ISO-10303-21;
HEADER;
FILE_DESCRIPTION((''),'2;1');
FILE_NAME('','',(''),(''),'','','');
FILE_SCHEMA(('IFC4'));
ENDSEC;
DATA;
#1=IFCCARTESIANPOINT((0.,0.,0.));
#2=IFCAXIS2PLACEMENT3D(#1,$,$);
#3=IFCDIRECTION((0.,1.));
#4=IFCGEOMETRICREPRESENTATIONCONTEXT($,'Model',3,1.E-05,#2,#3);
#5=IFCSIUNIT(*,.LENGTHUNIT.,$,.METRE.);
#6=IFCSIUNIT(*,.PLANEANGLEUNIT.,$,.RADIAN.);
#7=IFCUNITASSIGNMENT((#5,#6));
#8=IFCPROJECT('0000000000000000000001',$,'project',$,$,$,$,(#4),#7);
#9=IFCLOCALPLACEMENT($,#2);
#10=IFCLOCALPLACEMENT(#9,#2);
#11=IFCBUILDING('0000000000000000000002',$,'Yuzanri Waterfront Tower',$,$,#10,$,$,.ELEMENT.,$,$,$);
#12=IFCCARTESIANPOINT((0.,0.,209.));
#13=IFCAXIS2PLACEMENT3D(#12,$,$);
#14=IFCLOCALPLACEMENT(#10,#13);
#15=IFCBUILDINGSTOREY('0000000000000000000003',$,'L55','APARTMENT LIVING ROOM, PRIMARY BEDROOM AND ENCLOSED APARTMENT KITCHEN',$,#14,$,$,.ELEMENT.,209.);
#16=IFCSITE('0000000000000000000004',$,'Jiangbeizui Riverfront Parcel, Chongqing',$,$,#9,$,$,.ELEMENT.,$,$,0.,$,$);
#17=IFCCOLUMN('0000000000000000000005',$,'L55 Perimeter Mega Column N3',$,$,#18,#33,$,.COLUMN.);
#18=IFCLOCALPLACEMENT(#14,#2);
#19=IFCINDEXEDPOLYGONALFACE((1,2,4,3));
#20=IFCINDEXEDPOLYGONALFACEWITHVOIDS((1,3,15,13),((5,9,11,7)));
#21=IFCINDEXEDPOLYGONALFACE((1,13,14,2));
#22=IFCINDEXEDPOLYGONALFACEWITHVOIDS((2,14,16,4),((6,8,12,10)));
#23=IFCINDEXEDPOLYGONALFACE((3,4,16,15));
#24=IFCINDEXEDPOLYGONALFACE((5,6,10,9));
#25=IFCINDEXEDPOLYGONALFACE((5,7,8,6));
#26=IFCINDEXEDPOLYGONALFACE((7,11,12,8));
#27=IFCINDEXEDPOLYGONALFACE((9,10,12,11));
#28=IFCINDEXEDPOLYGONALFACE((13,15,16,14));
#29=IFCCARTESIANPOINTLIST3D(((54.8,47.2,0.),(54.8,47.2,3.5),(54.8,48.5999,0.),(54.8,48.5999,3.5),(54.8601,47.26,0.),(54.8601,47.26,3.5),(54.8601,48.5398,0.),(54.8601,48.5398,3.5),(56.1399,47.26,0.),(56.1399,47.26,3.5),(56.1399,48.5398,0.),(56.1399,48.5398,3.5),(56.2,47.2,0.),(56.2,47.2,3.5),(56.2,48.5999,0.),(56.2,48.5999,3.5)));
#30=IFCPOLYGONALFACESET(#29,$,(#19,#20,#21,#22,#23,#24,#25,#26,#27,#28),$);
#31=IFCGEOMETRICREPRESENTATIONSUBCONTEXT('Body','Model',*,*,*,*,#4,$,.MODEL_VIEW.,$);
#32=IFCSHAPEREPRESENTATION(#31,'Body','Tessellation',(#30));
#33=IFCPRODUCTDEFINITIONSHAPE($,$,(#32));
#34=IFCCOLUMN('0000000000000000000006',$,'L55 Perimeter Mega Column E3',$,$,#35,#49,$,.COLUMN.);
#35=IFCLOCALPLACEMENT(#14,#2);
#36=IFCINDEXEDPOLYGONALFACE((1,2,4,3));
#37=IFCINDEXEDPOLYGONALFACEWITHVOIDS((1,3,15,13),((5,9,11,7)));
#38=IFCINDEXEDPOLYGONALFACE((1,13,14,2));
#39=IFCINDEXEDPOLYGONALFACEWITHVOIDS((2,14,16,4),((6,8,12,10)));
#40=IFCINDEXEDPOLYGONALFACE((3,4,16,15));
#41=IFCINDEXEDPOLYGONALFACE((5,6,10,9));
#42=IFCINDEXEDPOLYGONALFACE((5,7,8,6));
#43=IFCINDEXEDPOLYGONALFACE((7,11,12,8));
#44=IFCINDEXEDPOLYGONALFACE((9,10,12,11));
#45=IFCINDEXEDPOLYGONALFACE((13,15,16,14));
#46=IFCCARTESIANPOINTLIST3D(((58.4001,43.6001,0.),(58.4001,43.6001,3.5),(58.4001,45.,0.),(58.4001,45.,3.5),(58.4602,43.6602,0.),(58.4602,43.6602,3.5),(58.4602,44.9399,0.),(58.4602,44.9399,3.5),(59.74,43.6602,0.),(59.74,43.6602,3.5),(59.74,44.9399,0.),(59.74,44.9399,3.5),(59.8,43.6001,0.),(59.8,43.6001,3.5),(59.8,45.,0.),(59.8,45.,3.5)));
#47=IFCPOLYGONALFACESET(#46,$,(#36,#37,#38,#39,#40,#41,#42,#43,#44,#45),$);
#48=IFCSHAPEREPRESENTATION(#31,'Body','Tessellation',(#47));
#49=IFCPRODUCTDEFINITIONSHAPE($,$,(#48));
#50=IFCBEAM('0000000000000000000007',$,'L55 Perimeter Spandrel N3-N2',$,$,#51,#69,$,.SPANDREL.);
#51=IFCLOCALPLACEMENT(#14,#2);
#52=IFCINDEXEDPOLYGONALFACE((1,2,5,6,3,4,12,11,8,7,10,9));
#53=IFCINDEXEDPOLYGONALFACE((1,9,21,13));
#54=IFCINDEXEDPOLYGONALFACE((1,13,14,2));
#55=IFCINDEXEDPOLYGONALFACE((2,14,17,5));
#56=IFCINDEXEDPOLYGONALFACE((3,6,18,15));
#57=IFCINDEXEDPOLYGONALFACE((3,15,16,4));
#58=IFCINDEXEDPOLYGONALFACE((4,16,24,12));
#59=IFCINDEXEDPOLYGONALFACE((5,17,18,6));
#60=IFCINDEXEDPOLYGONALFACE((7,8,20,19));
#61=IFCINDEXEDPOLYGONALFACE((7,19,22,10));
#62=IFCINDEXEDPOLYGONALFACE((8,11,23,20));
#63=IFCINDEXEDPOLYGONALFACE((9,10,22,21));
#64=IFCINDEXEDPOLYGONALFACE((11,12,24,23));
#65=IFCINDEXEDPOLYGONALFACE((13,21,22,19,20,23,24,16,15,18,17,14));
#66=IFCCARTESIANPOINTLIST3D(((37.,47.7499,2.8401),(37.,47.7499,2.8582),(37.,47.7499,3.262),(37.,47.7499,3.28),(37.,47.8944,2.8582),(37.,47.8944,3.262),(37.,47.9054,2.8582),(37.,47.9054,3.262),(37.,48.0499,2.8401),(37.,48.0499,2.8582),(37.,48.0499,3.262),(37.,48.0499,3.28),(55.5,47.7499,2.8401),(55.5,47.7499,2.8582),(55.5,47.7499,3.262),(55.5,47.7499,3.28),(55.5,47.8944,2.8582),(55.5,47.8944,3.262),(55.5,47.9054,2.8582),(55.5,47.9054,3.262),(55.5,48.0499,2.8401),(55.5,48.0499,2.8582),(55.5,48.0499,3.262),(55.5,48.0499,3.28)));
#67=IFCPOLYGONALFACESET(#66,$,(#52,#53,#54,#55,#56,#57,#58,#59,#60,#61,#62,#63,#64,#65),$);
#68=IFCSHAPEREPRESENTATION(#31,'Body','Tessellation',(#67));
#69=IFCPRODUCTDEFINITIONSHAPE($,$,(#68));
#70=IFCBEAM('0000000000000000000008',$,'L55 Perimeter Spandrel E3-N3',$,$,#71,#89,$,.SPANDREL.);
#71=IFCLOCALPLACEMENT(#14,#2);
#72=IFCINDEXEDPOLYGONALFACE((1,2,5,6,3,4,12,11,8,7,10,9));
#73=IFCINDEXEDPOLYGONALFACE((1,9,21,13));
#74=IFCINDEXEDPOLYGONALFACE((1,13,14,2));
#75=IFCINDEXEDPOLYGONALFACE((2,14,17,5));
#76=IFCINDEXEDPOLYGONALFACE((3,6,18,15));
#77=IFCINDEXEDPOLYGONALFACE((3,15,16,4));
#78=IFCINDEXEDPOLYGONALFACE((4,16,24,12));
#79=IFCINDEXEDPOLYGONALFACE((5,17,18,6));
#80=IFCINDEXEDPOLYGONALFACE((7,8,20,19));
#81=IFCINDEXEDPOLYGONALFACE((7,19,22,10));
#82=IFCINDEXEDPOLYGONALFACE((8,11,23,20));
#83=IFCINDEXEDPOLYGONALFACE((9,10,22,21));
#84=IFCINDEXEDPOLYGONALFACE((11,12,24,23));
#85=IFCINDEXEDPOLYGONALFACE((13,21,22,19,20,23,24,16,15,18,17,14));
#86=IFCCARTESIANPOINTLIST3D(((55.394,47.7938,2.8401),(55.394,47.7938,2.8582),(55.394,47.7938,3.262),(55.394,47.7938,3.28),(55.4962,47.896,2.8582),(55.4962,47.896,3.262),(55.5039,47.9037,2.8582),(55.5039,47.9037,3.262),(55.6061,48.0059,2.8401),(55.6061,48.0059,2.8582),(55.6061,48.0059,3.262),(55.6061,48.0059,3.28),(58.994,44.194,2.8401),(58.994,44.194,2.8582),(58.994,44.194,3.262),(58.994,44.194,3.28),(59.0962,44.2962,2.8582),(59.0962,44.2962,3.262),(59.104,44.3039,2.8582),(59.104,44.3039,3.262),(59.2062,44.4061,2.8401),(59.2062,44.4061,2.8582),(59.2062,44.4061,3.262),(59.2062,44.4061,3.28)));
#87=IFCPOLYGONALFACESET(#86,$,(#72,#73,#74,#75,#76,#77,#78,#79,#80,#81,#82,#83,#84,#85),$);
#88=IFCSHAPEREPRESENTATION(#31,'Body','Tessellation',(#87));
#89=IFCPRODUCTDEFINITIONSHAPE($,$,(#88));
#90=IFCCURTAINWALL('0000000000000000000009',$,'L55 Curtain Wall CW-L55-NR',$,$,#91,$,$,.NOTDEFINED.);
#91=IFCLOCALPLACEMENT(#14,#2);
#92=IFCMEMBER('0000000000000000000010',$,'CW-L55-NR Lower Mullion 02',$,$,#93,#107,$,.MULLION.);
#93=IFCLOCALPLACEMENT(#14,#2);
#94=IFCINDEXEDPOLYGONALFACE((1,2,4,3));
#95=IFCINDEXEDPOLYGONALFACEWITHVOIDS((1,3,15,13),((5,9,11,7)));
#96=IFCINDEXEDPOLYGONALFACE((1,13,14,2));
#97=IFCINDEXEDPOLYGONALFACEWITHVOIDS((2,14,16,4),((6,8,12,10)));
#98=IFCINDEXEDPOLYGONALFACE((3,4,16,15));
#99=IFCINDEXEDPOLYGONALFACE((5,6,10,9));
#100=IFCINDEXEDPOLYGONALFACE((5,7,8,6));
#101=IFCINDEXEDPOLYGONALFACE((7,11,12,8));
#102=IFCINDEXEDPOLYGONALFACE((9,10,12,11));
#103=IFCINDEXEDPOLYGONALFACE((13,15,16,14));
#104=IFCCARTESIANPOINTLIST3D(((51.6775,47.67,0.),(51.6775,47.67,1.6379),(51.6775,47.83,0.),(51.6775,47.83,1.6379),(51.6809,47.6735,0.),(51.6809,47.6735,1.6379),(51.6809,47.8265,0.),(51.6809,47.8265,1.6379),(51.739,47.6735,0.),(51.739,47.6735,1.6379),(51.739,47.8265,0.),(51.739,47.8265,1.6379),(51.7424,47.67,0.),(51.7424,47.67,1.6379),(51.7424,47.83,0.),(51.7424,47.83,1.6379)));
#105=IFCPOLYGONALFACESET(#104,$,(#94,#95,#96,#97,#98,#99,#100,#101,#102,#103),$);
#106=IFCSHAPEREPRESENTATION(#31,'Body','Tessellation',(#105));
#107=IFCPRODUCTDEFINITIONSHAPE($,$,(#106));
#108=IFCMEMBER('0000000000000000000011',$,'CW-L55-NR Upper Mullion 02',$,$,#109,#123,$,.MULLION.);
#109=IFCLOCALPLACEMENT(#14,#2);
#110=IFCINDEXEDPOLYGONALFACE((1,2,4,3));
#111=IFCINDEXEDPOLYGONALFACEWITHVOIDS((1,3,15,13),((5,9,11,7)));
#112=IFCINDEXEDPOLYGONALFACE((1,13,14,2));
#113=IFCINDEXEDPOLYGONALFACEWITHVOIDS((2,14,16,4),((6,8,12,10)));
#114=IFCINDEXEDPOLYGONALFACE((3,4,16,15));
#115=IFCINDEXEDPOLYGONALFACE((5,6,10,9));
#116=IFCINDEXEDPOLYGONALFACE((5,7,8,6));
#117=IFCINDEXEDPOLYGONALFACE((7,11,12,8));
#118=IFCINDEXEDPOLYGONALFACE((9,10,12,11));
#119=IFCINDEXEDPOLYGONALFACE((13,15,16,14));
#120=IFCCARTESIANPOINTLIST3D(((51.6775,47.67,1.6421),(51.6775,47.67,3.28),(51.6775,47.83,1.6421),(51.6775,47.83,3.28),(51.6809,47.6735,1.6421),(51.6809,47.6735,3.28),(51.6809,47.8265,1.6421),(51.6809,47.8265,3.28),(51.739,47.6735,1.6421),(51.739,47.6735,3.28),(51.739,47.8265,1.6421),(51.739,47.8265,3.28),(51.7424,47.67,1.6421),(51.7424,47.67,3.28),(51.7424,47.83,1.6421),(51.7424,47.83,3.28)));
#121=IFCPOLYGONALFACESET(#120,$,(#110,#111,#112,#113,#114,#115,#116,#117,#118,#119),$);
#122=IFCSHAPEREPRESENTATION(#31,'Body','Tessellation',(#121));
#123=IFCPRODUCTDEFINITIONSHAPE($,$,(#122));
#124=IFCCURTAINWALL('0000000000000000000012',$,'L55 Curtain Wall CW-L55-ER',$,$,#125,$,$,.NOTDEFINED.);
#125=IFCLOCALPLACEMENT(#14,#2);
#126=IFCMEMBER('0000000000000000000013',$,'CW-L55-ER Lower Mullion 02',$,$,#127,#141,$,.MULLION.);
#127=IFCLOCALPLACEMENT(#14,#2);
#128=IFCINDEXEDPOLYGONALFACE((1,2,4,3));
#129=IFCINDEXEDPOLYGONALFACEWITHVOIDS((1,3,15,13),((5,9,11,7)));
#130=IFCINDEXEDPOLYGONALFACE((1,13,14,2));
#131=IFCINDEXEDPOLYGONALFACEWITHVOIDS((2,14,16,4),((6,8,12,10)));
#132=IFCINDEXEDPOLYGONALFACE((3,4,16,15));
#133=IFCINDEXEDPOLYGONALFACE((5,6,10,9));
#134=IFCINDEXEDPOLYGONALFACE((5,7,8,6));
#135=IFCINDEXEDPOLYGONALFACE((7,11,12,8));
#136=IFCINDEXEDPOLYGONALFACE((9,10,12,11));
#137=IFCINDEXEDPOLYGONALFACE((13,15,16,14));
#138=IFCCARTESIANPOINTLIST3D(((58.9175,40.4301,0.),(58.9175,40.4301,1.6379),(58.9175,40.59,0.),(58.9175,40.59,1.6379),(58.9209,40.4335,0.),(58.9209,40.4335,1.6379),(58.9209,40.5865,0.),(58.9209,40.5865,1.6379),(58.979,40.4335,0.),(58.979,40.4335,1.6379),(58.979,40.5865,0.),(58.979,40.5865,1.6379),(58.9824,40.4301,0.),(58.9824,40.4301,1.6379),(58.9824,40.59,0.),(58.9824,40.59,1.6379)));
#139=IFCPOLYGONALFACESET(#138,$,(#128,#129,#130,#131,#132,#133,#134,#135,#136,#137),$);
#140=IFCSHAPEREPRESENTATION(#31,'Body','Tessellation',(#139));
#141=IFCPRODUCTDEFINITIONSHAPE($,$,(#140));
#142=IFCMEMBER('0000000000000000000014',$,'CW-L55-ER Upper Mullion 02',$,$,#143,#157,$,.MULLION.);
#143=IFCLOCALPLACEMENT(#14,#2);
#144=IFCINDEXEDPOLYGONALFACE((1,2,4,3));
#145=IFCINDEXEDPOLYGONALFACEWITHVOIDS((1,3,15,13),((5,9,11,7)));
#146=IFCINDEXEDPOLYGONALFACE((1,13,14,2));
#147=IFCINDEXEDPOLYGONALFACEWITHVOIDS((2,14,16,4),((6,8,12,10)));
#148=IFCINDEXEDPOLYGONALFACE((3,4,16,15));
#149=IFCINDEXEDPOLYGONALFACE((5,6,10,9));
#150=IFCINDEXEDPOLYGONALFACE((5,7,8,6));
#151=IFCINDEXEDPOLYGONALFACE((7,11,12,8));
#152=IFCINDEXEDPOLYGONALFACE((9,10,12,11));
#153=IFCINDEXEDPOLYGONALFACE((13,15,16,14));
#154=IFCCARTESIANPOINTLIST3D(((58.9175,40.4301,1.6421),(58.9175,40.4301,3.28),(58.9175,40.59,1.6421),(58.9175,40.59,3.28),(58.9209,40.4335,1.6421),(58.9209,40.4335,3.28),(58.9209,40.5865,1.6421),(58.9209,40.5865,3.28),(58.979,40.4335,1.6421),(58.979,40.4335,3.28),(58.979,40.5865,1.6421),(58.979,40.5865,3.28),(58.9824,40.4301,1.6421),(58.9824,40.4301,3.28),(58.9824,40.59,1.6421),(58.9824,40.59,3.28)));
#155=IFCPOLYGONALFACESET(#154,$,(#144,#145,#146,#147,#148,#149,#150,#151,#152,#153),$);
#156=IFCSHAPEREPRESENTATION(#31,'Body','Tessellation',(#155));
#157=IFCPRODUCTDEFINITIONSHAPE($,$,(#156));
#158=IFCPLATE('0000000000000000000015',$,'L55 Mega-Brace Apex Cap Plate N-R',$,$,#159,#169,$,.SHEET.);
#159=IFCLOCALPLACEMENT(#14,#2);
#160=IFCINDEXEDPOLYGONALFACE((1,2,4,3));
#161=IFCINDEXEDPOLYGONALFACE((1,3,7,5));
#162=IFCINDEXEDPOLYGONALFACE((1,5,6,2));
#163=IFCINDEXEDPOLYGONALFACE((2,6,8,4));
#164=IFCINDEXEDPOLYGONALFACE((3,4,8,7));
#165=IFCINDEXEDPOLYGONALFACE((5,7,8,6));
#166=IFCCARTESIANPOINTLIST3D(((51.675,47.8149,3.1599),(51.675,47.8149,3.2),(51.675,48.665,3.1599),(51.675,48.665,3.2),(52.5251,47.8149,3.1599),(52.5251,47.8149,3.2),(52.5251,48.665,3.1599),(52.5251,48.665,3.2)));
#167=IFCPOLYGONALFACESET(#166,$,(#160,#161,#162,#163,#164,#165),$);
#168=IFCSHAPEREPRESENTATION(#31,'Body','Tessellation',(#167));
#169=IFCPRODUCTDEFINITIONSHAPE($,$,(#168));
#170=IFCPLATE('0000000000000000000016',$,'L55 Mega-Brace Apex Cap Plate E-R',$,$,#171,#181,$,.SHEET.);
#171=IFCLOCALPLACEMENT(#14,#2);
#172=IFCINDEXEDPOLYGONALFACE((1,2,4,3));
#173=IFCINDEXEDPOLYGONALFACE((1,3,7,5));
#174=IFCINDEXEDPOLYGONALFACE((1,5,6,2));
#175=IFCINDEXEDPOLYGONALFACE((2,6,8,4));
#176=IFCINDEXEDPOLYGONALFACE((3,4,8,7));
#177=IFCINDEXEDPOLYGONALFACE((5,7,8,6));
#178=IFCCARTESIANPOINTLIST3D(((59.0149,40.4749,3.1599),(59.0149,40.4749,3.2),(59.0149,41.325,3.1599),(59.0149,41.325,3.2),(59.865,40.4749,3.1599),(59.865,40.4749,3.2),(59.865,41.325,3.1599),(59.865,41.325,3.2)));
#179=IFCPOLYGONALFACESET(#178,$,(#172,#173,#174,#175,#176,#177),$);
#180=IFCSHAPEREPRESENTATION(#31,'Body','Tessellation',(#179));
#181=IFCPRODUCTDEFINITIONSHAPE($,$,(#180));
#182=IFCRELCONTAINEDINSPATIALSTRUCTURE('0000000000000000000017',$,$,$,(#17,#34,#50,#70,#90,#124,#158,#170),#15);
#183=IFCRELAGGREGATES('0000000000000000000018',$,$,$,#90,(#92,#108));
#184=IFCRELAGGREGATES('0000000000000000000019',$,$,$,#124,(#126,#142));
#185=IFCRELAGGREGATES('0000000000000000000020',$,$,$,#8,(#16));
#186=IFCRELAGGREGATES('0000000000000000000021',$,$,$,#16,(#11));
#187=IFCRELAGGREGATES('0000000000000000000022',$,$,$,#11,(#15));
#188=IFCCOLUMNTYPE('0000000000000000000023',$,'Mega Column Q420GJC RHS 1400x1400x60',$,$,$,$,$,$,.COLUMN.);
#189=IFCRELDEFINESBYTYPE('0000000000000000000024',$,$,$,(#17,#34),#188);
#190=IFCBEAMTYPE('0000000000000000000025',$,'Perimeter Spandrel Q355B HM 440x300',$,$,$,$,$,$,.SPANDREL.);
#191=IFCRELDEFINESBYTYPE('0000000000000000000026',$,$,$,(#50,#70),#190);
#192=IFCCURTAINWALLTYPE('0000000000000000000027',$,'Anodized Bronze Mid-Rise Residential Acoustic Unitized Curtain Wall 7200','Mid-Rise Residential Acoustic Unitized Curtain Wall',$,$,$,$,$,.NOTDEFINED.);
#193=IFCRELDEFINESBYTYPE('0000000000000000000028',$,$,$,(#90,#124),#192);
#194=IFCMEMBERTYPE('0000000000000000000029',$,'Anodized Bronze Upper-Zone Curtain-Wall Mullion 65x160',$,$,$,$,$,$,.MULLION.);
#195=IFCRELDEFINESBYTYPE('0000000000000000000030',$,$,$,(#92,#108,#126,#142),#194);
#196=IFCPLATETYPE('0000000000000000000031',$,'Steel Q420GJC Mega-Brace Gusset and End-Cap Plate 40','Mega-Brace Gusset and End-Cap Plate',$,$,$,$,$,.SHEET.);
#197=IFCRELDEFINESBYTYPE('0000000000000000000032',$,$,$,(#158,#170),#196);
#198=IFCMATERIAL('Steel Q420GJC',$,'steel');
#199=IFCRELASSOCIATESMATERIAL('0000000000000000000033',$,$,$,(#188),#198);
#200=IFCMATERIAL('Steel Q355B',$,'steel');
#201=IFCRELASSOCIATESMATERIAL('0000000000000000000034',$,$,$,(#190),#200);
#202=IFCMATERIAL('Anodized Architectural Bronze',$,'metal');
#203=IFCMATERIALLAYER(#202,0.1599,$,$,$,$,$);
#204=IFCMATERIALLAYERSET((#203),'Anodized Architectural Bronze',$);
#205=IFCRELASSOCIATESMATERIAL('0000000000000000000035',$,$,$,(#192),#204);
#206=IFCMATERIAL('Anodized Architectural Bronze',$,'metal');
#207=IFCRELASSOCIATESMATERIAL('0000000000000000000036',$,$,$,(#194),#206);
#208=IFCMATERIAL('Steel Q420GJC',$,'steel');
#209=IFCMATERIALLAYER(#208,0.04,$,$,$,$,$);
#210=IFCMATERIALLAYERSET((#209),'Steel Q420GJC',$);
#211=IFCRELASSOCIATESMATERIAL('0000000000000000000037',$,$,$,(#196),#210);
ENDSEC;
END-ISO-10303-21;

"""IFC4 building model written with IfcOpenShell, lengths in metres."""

from ifc_helpers import new_model, si_unit, direction, frame, origin, origin_2d, place, context, subcontext, project, spatial, rectangle, hollow_rectangle, i_section, extrude, source, transform, mapped, material, layer, layer_set, material_profile, profile_set, type_object, element, aggregate, save


model = new_model("IFC4")

# Units and contexts
model_context = context("Model", 3, precision=1e-05, world=origin(), true_north=direction((0.0, 1.0)))
body_context = subcontext(model_context, "Body", "Model", "MODEL_VIEW")
ifc_project = project(units=[si_unit("LENGTHUNIT", "METRE"), si_unit("PLANEANGLEUNIT", "RADIAN")], contexts=[model_context])

# Site, building, storey
site_placement = place(None, origin())
site = spatial("IfcSite", under=ifc_project, at=site_placement, Name="Jiangbeizui Riverfront Parcel, Chongqing", CompositionType="ELEMENT", RefElevation=0.0)
building_placement = place(site_placement, origin())
building = spatial("IfcBuilding", under=site, at=building_placement, Name="Yuzanri Waterfront Tower", CompositionType="ELEMENT")
storey_placement = place(building_placement, frame((0.0, 0.0, 209.0)))
storey = spatial("IfcBuildingStorey", under=building, at=storey_placement, Name="L55", Description="APARTMENT LIVING ROOM, PRIMARY BEDROOM AND ENCLOSED APARTMENT KITCHEN", CompositionType="ELEMENT", Elevation=209.0)

# Columns
ifc_material_1 = material(Name="Steel Q420GJC", Category="steel")
ifc_material_profile_1 = material_profile(ifc_material_1, hollow_rectangle(XDim=1.3999, YDim=1.3999, WallThickness=0.0601, at=origin_2d()), Name="RHS 1400x1400x60")
ifc_profile_set_1 = profile_set([ifc_material_profile_1], Name="Steel Q420GJC")
column_type = type_object("IfcColumnType", Name="Mega Column Q420GJC RHS 1400x1400x60", PredefinedType="COLUMN", material=ifc_profile_set_1)
shared_shape_1 = source(origin(), body_context, "Body", "SweptSolid", [
    extrude(hollow_rectangle(XDim=1.3999, YDim=1.3999, WallThickness=0.0601, at=origin_2d()), origin(), (0.0, 0.0, 1.0), 3.5),
])
for number, where, z_axis, x_axis, name in (
    (1, (55.5, 47.8999, 0.0), (0.0, 0.0, 1.0), (1.0, 0.0, 0.0), "L55 Perimeter Mega Column N3"),
    (2, (59.1001, 44.3, 0.0), (0.0, 0.0, 1.0), (1.0, 0.0, 0.0), "L55 Perimeter Mega Column E3"),
):
    element("IfcColumn", number, at=place(storey_placement, frame(where, z_axis=z_axis, x_axis=x_axis)), inside=storey, type_object=column_type, Name=name, PredefinedType="COLUMN", context=body_context, shape_type="MappedRepresentation", body=[
        mapped(shared_shape_1, transform((0.0, 0.0, 0.0), scale=1.0)),
    ])

# Beams
ifc_material_2 = material(Name="Steel Q355B", Category="steel")
ifc_material_profile_2 = material_profile(ifc_material_2, i_section(OverallWidth=0.3, OverallDepth=0.4399, WebThickness=0.011, FlangeThickness=0.0181, at=origin_2d()), Name="HM 440x300x11x18")
ifc_profile_set_2 = profile_set([ifc_material_profile_2], Name="Steel Q355B")
beam_type = type_object("IfcBeamType", Name="Perimeter Spandrel Q355B HM 440x300", PredefinedType="SPANDREL", material=ifc_profile_set_2)
shared_shape_2 = source(origin(), body_context, "Body", "SweptSolid", [
    extrude(i_section(OverallWidth=0.3, OverallDepth=0.4399, WebThickness=0.011, FlangeThickness=0.0181, at=origin_2d()), origin(), (0.0, 0.0, 1.0), 18.5),
])
beam_1_placement = place(storey_placement, frame((55.5, 47.8999, 3.0601), z_axis=(-1.0, 0.0, 0.0), x_axis=(0.0, -1.0, 0.0)))
element("IfcBeam", 3, at=beam_1_placement, inside=storey, type_object=beam_type, Name="L55 Perimeter Spandrel N3-N2", PredefinedType="SPANDREL", context=body_context, shape_type="MappedRepresentation", body=[
    mapped(shared_shape_2, transform((0.0, 0.0, 0.0), scale=1.0)),
])
shared_shape_3 = source(origin(), body_context, "Body", "SweptSolid", [
    extrude(i_section(OverallWidth=0.3, OverallDepth=0.4399, WebThickness=0.011, FlangeThickness=0.0181, at=origin_2d()), origin(), (0.0, 0.0, 1.0), 5.0911),
])
beam_2_placement = place(storey_placement, frame((59.1001, 44.3, 3.0601), z_axis=(-0.707131, 0.707083, 0.0), x_axis=(-0.707083, -0.707131, 0.0)))
element("IfcBeam", 4, at=beam_2_placement, inside=storey, type_object=beam_type, Name="L55 Perimeter Spandrel E3-N3", PredefinedType="SPANDREL", context=body_context, shape_type="MappedRepresentation", body=[
    mapped(shared_shape_3, transform((0.0, 0.0, 0.0), scale=1.0)),
])

# Curtain walls, members
ifc_material_3 = material(Name="Anodized Architectural Bronze", Category="metal")
ifc_layer_1 = layer(ifc_material_3, 0.1599)
ifc_layer_set_1 = layer_set([ifc_layer_1], Name="Anodized Architectural Bronze")
curtain_wall_type = type_object("IfcCurtainWallType", Name="Anodized Bronze Mid-Rise Residential Acoustic Unitized Curtain Wall 7200", Description="Mid-Rise Residential Acoustic Unitized Curtain Wall", PredefinedType="NOTDEFINED", material=ifc_layer_set_1)
curtain_wall_1_placement = place(storey_placement, origin())
curtain_wall_1 = element("IfcCurtainWall", 5, at=curtain_wall_1_placement, inside=storey, type_object=curtain_wall_type, Name="L55 Curtain Wall CW-L55-NR", PredefinedType="NOTDEFINED")
ifc_material_4 = material(Name="Anodized Architectural Bronze", Category="metal")
ifc_material_profile_3 = material_profile(ifc_material_4, hollow_rectangle(XDim=0.0649, YDim=0.1599, WallThickness=0.0034, at=origin_2d()), Name="CWM 65x160")
ifc_profile_set_3 = profile_set([ifc_material_profile_3], Name="Anodized Architectural Bronze")
member_type = type_object("IfcMemberType", Name="Anodized Bronze Upper-Zone Curtain-Wall Mullion 65x160", PredefinedType="MULLION", material=ifc_profile_set_3)
shared_shape_4 = source(origin(), body_context, "Body", "SweptSolid", [
    extrude(hollow_rectangle(XDim=0.0649, YDim=0.1599, WallThickness=0.0034, at=origin_2d()), origin(), (0.0, 0.0, 1.0), 1.6379),
])
member_1_placement = place(storey_placement, frame((51.71, 47.75, 0.0), z_axis=(0.0, 0.0, 1.0), x_axis=(1.0, 0.0, 0.0)))
member_1 = element("IfcMember", 6, at=member_1_placement, type_object=member_type, Name="CW-L55-NR Lower Mullion 02", PredefinedType="MULLION", context=body_context, shape_type="MappedRepresentation", body=[
    mapped(shared_shape_4, transform((0.0, 0.0, 0.0), scale=1.0)),
])
member_2_placement = place(storey_placement, frame((51.71, 47.75, 1.6421), z_axis=(0.0, 0.0, 1.0), x_axis=(1.0, 0.0, 0.0)))
member_2 = element("IfcMember", 7, at=member_2_placement, type_object=member_type, Name="CW-L55-NR Upper Mullion 02", PredefinedType="MULLION", context=body_context, shape_type="MappedRepresentation", body=[
    mapped(shared_shape_4, transform((0.0, 0.0, 0.0), scale=1.0)),
])
aggregate(curtain_wall_1, [member_1, member_2])
curtain_wall_2_placement = place(storey_placement, origin())
curtain_wall_2 = element("IfcCurtainWall", 8, at=curtain_wall_2_placement, inside=storey, type_object=curtain_wall_type, Name="L55 Curtain Wall CW-L55-ER", PredefinedType="NOTDEFINED")
member_3_placement = place(storey_placement, frame((58.95, 40.51, 0.0), z_axis=(0.0, 0.0, 1.0), x_axis=(1.0, 0.0, 0.0)))
member_3 = element("IfcMember", 9, at=member_3_placement, type_object=member_type, Name="CW-L55-ER Lower Mullion 02", PredefinedType="MULLION", context=body_context, shape_type="MappedRepresentation", body=[
    mapped(shared_shape_4, transform((0.0, 0.0, 0.0), scale=1.0)),
])
member_4_placement = place(storey_placement, frame((58.95, 40.51, 1.6421), z_axis=(0.0, 0.0, 1.0), x_axis=(1.0, 0.0, 0.0)))
member_4 = element("IfcMember", 10, at=member_4_placement, type_object=member_type, Name="CW-L55-ER Upper Mullion 02", PredefinedType="MULLION", context=body_context, shape_type="MappedRepresentation", body=[
    mapped(shared_shape_4, transform((0.0, 0.0, 0.0), scale=1.0)),
])

# Plates
ifc_material_5 = material(Name="Steel Q420GJC", Category="steel")
ifc_layer_2 = layer(ifc_material_5, 0.04)
ifc_layer_set_2 = layer_set([ifc_layer_2], Name="Steel Q420GJC")
plate_type_1 = type_object("IfcPlateType", Name="Steel Q420GJC Mega-Brace Gusset and End-Cap Plate 40", Description="Mega-Brace Gusset and End-Cap Plate", PredefinedType="SHEET", material=ifc_layer_set_2)
shared_shape_5 = source(origin(), body_context, "Body", "SweptSolid", [
    extrude(rectangle(XDim=0.8501, YDim=0.8501, at=origin_2d()), origin(), (0.0, 0.0, 1.0), 0.04),
])
for number, where, z_axis, x_axis, name in (
    (11, (52.1001, 48.24, 3.1599), (0.0, 0.0, 1.0), (1.0, 0.0, 0.0), "L55 Mega-Brace Apex Cap Plate N-R"),
    (12, (59.4399, 40.8999, 3.1599), (0.0, 0.0, 1.0), (1.0, 0.0, 0.0), "L55 Mega-Brace Apex Cap Plate E-R"),
):
    element("IfcPlate", number, at=place(storey_placement, frame(where, z_axis=z_axis, x_axis=x_axis)), inside=storey, type_object=plate_type_1, Name=name, PredefinedType="SHEET", context=body_context, shape_type="MappedRepresentation", body=[
        mapped(shared_shape_5, transform((0.0, 0.0, 0.0), scale=1.0)),
    ])

aggregate(curtain_wall_2, [member_3, member_4])

save(model, "model.ifc")
